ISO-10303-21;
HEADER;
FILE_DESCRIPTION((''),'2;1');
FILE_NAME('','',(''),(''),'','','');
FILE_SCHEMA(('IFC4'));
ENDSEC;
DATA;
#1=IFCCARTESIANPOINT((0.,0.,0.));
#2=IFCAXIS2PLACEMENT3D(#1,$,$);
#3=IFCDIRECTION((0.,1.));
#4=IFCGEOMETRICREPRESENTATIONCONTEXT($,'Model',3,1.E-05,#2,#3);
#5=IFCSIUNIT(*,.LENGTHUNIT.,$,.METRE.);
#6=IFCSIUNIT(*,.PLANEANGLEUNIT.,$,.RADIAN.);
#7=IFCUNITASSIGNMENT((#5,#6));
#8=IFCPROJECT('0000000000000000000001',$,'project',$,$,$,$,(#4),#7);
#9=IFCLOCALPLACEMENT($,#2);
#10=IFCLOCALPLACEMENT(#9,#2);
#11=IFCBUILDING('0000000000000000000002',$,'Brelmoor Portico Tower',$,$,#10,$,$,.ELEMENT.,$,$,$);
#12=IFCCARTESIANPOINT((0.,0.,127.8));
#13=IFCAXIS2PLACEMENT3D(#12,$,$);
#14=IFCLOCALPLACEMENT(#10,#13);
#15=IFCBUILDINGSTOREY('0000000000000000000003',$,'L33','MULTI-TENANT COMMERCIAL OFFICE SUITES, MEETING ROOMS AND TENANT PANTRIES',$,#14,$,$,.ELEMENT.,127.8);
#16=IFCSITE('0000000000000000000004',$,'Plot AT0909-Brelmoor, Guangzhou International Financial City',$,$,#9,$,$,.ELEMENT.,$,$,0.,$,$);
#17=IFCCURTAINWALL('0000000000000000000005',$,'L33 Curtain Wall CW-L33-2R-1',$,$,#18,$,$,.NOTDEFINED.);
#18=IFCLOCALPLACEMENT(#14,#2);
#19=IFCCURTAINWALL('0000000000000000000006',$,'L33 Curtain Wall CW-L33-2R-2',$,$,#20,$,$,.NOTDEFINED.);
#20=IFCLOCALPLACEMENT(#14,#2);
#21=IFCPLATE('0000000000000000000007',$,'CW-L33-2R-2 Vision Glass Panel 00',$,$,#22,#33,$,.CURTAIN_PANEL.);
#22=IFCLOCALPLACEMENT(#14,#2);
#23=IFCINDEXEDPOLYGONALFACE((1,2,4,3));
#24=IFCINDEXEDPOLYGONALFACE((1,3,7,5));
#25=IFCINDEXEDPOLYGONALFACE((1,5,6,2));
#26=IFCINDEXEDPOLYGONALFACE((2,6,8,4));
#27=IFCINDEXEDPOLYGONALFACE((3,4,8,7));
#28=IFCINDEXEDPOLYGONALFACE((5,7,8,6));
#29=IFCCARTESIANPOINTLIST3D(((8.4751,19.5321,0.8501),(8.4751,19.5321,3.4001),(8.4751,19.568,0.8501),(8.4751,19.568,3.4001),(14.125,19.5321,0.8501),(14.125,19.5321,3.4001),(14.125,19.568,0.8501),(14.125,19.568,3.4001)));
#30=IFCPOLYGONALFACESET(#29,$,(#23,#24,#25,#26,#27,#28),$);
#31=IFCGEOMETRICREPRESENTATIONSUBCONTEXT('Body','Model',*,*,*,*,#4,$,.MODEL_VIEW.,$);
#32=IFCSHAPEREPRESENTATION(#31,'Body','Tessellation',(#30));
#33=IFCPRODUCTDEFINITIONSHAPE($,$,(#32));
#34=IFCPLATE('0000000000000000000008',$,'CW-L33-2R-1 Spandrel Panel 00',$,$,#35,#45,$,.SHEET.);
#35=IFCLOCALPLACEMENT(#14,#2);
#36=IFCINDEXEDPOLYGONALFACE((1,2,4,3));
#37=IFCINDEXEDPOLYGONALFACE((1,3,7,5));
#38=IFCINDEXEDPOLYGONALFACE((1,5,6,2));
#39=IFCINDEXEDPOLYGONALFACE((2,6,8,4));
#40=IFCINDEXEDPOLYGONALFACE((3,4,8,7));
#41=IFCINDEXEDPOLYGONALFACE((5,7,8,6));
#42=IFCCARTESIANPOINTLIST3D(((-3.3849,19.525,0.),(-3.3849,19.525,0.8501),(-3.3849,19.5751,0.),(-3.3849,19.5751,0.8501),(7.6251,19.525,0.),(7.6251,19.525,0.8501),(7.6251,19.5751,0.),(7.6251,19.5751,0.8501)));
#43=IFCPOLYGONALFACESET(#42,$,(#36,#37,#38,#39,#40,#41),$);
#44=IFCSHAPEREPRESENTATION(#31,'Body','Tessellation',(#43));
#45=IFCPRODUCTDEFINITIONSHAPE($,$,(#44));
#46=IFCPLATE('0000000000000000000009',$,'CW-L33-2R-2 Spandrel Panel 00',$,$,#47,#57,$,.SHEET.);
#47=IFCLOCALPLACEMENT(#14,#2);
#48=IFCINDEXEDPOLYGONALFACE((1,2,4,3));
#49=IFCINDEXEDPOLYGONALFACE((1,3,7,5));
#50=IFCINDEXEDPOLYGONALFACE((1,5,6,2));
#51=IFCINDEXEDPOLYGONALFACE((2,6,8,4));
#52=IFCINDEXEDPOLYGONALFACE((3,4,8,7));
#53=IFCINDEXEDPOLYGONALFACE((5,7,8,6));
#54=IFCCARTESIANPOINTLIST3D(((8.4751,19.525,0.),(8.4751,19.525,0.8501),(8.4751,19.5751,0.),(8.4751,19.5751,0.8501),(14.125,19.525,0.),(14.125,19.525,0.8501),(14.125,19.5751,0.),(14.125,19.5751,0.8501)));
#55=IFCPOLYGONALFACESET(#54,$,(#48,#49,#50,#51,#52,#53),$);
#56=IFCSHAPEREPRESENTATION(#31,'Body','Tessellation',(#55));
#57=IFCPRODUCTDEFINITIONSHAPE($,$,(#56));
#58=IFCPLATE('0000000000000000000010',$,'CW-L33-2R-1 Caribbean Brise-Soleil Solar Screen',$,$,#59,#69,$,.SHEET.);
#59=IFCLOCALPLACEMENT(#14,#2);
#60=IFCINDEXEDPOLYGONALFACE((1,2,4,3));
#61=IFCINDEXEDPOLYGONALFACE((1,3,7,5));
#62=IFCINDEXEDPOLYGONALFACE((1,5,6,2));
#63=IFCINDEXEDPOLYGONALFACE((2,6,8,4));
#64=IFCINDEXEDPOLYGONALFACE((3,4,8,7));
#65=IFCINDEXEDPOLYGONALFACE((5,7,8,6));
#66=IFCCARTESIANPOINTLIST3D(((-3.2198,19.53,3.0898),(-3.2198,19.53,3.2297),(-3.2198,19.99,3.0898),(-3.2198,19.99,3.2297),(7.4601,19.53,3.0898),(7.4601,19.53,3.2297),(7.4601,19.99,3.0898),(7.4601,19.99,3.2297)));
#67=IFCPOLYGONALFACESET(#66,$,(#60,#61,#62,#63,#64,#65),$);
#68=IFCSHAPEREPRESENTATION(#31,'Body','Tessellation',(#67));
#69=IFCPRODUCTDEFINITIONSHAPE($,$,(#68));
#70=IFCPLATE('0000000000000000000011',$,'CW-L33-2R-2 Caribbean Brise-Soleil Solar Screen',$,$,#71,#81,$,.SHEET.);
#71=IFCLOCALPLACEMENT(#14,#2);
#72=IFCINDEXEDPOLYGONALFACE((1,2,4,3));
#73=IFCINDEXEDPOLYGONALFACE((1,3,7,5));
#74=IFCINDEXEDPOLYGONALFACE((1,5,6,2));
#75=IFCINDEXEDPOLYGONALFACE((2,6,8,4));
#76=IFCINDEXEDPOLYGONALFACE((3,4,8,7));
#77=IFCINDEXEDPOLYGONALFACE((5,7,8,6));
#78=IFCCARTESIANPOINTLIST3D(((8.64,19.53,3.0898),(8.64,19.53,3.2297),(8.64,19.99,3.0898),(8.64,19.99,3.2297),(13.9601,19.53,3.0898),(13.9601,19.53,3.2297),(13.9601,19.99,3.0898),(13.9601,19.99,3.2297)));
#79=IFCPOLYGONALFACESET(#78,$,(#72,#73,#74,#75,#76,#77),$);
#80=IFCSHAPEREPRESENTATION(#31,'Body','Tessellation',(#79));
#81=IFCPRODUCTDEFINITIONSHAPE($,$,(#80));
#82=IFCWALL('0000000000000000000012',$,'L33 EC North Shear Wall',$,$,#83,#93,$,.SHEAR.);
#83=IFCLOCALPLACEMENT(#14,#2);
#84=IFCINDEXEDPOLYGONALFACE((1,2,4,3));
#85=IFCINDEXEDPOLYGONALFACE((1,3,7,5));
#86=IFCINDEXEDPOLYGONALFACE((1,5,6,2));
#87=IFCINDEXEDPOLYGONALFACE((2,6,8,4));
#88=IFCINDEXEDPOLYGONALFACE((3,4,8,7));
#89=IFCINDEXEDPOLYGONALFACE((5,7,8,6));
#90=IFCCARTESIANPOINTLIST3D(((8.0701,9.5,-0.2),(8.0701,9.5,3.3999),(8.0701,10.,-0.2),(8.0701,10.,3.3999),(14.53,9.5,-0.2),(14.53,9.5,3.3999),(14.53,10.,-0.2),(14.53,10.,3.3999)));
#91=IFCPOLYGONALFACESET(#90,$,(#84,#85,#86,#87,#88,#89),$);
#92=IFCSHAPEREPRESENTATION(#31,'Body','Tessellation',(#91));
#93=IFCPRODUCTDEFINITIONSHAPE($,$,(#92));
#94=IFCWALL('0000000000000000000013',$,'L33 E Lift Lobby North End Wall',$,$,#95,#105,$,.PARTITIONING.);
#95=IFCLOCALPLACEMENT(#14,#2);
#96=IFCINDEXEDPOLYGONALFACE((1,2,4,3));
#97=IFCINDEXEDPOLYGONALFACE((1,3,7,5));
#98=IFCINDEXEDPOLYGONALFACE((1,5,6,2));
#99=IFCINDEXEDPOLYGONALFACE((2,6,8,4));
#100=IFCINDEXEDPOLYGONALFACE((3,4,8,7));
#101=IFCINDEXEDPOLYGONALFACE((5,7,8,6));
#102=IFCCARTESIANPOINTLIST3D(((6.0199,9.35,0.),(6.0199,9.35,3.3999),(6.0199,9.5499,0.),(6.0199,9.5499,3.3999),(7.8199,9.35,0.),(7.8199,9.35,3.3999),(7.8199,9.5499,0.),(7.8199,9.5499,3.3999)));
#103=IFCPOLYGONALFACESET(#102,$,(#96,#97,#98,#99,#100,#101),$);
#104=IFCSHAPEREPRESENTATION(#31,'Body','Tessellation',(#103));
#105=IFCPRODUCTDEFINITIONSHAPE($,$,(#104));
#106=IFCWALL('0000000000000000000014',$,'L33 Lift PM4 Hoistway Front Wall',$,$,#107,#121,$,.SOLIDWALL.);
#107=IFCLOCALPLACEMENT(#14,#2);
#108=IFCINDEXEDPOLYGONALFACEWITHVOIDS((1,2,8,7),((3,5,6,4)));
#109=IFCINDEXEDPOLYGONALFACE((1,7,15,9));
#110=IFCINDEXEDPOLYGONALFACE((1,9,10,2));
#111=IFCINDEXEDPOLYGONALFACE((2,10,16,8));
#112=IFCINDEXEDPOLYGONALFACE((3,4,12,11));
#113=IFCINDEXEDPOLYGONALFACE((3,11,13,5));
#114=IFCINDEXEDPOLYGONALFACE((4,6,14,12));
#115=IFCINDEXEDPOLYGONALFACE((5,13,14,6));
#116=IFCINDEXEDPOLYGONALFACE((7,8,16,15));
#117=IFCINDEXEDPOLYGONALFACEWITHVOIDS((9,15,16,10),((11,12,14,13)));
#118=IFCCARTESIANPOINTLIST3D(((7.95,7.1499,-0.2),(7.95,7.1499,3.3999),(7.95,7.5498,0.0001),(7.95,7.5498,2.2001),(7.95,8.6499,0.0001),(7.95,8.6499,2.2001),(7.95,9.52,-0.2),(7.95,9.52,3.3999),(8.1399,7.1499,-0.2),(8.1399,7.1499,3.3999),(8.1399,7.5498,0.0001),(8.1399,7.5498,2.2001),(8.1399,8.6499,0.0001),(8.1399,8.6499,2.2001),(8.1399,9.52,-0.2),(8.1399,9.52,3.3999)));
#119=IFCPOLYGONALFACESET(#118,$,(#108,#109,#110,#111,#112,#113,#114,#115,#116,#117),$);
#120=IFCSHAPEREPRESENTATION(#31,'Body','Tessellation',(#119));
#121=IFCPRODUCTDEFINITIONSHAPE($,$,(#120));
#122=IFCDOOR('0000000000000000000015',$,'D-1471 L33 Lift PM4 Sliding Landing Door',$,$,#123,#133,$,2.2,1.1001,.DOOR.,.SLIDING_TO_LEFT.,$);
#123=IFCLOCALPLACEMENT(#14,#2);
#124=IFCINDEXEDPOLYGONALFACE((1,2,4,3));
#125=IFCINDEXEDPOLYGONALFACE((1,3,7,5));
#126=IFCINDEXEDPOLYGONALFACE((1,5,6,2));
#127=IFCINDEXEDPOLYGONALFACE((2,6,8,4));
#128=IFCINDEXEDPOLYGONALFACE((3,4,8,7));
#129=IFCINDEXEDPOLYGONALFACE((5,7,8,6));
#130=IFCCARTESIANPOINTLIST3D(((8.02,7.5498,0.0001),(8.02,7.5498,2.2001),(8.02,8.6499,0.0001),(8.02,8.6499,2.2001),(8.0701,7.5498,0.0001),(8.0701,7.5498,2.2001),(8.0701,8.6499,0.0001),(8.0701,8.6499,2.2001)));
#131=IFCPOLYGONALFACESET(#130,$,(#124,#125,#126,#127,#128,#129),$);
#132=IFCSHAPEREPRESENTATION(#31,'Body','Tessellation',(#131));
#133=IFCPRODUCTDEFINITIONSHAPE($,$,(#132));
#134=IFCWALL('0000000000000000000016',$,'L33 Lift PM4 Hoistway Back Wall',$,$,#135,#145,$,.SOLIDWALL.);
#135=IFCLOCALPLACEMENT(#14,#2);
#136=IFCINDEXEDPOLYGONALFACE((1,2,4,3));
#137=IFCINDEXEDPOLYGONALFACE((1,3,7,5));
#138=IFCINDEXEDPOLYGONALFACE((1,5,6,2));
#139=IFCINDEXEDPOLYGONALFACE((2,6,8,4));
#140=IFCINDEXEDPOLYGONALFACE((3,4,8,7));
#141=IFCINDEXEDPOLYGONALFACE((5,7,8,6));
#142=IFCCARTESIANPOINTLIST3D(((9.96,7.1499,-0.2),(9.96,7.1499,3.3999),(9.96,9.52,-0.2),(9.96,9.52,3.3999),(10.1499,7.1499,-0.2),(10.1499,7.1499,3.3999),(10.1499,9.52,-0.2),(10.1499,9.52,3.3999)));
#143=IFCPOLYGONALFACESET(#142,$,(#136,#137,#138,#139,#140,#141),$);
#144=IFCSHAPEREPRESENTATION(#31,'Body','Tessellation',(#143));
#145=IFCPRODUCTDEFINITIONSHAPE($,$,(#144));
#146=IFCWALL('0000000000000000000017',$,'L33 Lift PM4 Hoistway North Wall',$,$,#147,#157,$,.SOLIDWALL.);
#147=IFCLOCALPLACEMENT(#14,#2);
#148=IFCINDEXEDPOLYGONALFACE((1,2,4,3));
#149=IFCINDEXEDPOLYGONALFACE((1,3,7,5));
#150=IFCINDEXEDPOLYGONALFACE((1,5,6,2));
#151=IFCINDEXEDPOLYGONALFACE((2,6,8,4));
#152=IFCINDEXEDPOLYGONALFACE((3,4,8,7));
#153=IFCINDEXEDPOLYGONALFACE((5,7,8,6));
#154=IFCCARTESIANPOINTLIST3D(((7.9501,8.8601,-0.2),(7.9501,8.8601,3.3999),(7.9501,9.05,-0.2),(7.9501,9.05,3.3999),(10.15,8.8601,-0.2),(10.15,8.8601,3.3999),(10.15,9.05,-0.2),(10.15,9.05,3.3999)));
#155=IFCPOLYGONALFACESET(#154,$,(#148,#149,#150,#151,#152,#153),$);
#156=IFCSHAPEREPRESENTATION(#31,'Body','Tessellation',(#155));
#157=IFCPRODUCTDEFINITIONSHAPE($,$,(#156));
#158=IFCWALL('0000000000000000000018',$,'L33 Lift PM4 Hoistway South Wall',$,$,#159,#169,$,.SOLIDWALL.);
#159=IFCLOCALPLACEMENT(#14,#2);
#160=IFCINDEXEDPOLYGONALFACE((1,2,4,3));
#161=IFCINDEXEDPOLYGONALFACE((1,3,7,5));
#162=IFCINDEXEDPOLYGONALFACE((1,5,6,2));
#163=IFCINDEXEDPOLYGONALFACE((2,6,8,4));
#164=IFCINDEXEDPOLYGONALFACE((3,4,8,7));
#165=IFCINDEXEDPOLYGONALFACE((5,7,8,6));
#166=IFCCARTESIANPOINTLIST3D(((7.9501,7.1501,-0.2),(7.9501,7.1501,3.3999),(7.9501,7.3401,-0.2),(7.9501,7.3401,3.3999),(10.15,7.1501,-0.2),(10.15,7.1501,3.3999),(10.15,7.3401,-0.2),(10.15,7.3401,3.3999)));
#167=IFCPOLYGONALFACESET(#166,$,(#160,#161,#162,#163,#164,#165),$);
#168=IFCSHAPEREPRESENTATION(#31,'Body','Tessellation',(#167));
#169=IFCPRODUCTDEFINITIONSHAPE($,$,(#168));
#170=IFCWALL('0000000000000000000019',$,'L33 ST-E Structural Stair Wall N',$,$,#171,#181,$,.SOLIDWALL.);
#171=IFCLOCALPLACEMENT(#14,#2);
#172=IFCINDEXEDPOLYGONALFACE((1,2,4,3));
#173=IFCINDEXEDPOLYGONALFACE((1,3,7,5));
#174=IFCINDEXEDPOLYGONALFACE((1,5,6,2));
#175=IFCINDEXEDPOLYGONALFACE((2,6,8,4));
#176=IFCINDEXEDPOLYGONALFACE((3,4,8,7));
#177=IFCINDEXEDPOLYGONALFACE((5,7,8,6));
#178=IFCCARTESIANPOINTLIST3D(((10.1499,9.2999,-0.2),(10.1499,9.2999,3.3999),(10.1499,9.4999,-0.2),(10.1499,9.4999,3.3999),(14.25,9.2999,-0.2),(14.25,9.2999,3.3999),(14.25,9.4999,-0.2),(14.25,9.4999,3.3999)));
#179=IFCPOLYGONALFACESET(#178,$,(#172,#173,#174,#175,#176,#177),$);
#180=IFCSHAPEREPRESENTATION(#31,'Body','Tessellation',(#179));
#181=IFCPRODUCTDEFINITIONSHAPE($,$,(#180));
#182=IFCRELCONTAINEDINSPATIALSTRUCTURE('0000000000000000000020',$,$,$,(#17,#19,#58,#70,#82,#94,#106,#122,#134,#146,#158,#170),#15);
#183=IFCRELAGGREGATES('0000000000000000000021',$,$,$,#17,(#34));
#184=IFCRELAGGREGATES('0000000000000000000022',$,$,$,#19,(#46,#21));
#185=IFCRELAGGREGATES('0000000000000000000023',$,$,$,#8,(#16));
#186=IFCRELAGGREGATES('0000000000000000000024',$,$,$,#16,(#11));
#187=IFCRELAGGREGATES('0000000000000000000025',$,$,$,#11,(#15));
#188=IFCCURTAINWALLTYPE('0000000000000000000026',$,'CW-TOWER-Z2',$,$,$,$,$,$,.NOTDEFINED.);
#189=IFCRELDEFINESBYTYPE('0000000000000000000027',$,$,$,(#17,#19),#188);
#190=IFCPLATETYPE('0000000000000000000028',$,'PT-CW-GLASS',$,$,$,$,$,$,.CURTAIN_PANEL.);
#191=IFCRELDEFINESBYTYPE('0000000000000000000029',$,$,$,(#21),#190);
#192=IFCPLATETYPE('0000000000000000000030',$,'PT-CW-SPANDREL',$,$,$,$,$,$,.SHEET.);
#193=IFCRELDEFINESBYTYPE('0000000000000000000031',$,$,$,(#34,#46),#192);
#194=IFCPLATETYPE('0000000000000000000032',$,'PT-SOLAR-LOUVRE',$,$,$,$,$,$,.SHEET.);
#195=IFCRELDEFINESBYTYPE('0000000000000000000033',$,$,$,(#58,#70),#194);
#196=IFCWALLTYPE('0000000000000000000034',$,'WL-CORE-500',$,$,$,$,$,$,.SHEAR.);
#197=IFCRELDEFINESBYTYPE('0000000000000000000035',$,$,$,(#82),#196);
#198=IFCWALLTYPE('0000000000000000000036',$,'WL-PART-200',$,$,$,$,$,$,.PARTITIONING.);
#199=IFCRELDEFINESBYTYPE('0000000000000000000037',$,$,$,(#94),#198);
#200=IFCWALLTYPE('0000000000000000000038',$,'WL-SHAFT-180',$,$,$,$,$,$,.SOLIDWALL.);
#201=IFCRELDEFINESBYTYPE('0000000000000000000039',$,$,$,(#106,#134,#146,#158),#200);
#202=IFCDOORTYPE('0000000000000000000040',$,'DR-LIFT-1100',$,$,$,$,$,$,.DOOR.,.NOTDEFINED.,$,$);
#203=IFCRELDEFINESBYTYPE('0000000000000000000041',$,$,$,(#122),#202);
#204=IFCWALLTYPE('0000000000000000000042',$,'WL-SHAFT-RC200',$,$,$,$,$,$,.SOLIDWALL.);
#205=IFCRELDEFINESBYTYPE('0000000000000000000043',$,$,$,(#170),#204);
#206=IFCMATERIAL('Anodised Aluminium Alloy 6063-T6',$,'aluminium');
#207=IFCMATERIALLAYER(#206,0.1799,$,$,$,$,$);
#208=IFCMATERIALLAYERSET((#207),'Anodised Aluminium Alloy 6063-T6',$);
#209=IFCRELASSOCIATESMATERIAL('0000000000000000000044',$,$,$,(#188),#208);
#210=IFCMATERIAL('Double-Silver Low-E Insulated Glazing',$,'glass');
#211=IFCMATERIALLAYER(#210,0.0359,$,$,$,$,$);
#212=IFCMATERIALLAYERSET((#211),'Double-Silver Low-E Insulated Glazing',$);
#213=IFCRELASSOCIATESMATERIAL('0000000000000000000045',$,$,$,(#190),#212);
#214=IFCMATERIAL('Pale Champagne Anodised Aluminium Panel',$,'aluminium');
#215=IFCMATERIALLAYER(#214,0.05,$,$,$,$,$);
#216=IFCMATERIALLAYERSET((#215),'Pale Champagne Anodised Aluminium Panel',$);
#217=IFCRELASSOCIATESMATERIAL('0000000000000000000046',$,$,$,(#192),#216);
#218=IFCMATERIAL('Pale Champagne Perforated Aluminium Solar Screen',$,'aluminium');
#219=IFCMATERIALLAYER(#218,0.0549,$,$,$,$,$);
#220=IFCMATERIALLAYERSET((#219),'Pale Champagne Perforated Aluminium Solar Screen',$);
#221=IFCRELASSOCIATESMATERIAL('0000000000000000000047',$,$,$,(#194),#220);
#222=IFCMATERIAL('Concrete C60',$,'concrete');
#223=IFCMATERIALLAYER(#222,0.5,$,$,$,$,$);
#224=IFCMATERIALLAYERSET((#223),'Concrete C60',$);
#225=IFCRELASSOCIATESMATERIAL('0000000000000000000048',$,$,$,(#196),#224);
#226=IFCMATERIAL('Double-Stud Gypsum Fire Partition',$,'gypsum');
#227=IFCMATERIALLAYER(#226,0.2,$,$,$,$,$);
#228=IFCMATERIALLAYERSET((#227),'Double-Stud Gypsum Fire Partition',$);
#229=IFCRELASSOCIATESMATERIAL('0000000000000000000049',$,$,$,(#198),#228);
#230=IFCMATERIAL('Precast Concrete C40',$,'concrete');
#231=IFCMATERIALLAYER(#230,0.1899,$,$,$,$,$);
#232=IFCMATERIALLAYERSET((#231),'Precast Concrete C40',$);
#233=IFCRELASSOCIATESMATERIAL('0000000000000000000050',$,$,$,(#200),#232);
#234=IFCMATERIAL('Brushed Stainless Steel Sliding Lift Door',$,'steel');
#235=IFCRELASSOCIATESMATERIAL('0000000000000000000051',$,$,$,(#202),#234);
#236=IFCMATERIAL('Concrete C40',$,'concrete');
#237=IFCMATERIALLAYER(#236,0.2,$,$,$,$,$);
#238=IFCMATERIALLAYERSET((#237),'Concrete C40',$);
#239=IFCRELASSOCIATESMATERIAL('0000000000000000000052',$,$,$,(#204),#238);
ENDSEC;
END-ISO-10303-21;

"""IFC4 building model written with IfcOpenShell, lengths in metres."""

from ifc_helpers import new_model, si_unit, direction, frame, frame_2d, origin, origin_2d, place, context, subcontext, project, spatial, rectangle, extrude, material, layer, layer_set, type_object, element, fill, aggregate, save


model = new_model("IFC4")

# Units and contexts
model_context = context("Model", 3, precision=1e-05, world=origin(), true_north=direction((0.0, 1.0)))
body_context = subcontext(model_context, "Body", "Model", "MODEL_VIEW")
ifc_project = project(units=[si_unit("LENGTHUNIT", "METRE"), si_unit("PLANEANGLEUNIT", "RADIAN")], contexts=[model_context])

# Site, building, storey
site_placement = place(None, origin())
site = spatial("IfcSite", under=ifc_project, at=site_placement, Name="Plot AT0909-Brelmoor, Guangzhou International Financial City", CompositionType="ELEMENT", RefElevation=0.0)
building_placement = place(site_placement, origin())
building = spatial("IfcBuilding", under=site, at=building_placement, Name="Brelmoor Portico Tower", CompositionType="ELEMENT")
storey_placement = place(building_placement, frame((0.0, 0.0, 127.8)))
storey = spatial("IfcBuildingStorey", under=building, at=storey_placement, Name="L33", Description="MULTI-TENANT COMMERCIAL OFFICE SUITES, MEETING ROOMS AND TENANT PANTRIES", CompositionType="ELEMENT", Elevation=127.8)

# Curtain wall
ifc_material_1 = material(Name="Anodised Aluminium Alloy 6063-T6", Category="aluminium")
ifc_layer_1 = layer(ifc_material_1, 0.1799)
ifc_layer_set_1 = layer_set([ifc_layer_1], Name="Anodised Aluminium Alloy 6063-T6")
curtain_wall_type = type_object("IfcCurtainWallType", Name="CW-TOWER-Z2", PredefinedType="NOTDEFINED", material=ifc_layer_set_1)
curtain_wall_1_placement = place(storey_placement, origin())
curtain_wall_1 = element("IfcCurtainWall", 1, at=curtain_wall_1_placement, inside=storey, type_object=curtain_wall_type, Name="L33 Curtain Wall CW-L33-2R-1", PredefinedType="NOTDEFINED")

# Curtain wall
curtain_wall_2_placement = place(storey_placement, origin())
curtain_wall_2 = element("IfcCurtainWall", 2, at=curtain_wall_2_placement, inside=storey, type_object=curtain_wall_type, Name="L33 Curtain Wall CW-L33-2R-2", PredefinedType="NOTDEFINED")

# Plates
ifc_material_2 = material(Name="Double-Silver Low-E Insulated Glazing", Category="glass")
ifc_layer_2 = layer(ifc_material_2, 0.0359)
ifc_layer_set_2 = layer_set([ifc_layer_2], Name="Double-Silver Low-E Insulated Glazing")
plate_type_1 = type_object("IfcPlateType", Name="PT-CW-GLASS", PredefinedType="CURTAIN_PANEL", material=ifc_layer_set_2)
plate_1_placement = place(storey_placement, frame((11.3, 19.55, 0.8501), z_axis=(0.0, 0.0, 1.0), x_axis=(1.0, 0.0, 0.0)))
plate_1 = element("IfcPlate", 3, at=plate_1_placement, type_object=plate_type_1, Name="CW-L33-2R-2 Vision Glass Panel 00", PredefinedType="CURTAIN_PANEL", context=body_context, shape_type="SweptSolid", body=[
    extrude(rectangle(XDim=5.6499, YDim=0.0359, at=origin_2d()), origin(), (0.0, 0.0, 1.0), 2.55),
])
ifc_material_3 = material(Name="Pale Champagne Anodised Aluminium Panel", Category="aluminium")
ifc_layer_3 = layer(ifc_material_3, 0.05)
ifc_layer_set_3 = layer_set([ifc_layer_3], Name="Pale Champagne Anodised Aluminium Panel")
plate_type_2 = type_object("IfcPlateType", Name="PT-CW-SPANDREL", PredefinedType="SHEET", material=ifc_layer_set_3)
plate_2_placement = place(storey_placement, frame((2.1201, 19.55, 0.0), z_axis=(0.0, 0.0, 1.0), x_axis=(1.0, 0.0, 0.0)))
plate_2 = element("IfcPlate", 4, at=plate_2_placement, type_object=plate_type_2, Name="CW-L33-2R-1 Spandrel Panel 00", PredefinedType="SHEET", context=body_context, shape_type="SweptSolid", body=[
    extrude(rectangle(XDim=11.01, YDim=0.05, at=origin_2d()), origin(), (0.0, 0.0, 1.0), 0.8501),
])
aggregate(curtain_wall_1, [plate_2])
plate_3_placement = place(storey_placement, frame((11.3, 19.55, 0.0), z_axis=(0.0, 0.0, 1.0), x_axis=(1.0, 0.0, 0.0)))
plate_3 = element("IfcPlate", 5, at=plate_3_placement, type_object=plate_type_2, Name="CW-L33-2R-2 Spandrel Panel 00", PredefinedType="SHEET", context=body_context, shape_type="SweptSolid", body=[
    extrude(rectangle(XDim=5.6499, YDim=0.05, at=origin_2d()), origin(), (0.0, 0.0, 1.0), 0.8501),
])
aggregate(curtain_wall_2, [plate_3, plate_1])

# Plates
ifc_material_4 = material(Name="Pale Champagne Perforated Aluminium Solar Screen", Category="aluminium")
ifc_layer_4 = layer(ifc_material_4, 0.0549)
ifc_layer_set_4 = layer_set([ifc_layer_4], Name="Pale Champagne Perforated Aluminium Solar Screen")
plate_type_3 = type_object("IfcPlateType", Name="PT-SOLAR-LOUVRE", PredefinedType="SHEET", material=ifc_layer_set_4)
plate_4_placement = place(storey_placement, frame((2.1201, 19.76, 3.0898), z_axis=(0.0, 0.0, 1.0), x_axis=(1.0, 0.0, 0.0)))
element("IfcPlate", 6, at=plate_4_placement, inside=storey, type_object=plate_type_3, Name="CW-L33-2R-1 Caribbean Brise-Soleil Solar Screen", PredefinedType="SHEET", context=body_context, shape_type="SweptSolid", body=[
    extrude(rectangle(XDim=10.6799, YDim=0.46, at=origin_2d()), origin(), (0.0, 0.0, 1.0), 0.1399),
])
plate_5_placement = place(storey_placement, frame((11.3, 19.76, 3.0898), z_axis=(0.0, 0.0, 1.0), x_axis=(1.0, 0.0, 0.0)))
element("IfcPlate", 7, at=plate_5_placement, inside=storey, type_object=plate_type_3, Name="CW-L33-2R-2 Caribbean Brise-Soleil Solar Screen", PredefinedType="SHEET", context=body_context, shape_type="SweptSolid", body=[
    extrude(rectangle(XDim=5.3201, YDim=0.46, at=origin_2d()), origin(), (0.0, 0.0, 1.0), 0.1399),
])

# Walls
ifc_material_5 = material(Name="Concrete C60", Category="concrete")
ifc_layer_5 = layer(ifc_material_5, 0.5)
ifc_layer_set_5 = layer_set([ifc_layer_5], Name="Concrete C60")
wall_type_1 = type_object("IfcWallType", Name="WL-CORE-500", PredefinedType="SHEAR", material=ifc_layer_set_5)
wall_1_placement = place(storey_placement, frame((8.0701, 9.75, -0.2), z_axis=(0.0, 0.0, 1.0), x_axis=(1.0, 0.0, 0.0)))
element("IfcWall", 8, at=wall_1_placement, inside=storey, type_object=wall_type_1, Name="L33 EC North Shear Wall", PredefinedType="SHEAR", context=body_context, shape_type="SweptSolid", body=[
    extrude(rectangle(XDim=6.46, YDim=0.5, at=frame_2d((3.23, 0.0))), origin(), (0.0, 0.0, 1.0), 3.5999),
])
ifc_material_6 = material(Name="Double-Stud Gypsum Fire Partition", Category="gypsum")
ifc_layer_6 = layer(ifc_material_6, 0.2)
ifc_layer_set_6 = layer_set([ifc_layer_6], Name="Double-Stud Gypsum Fire Partition")
wall_type_2 = type_object("IfcWallType", Name="WL-PART-200", PredefinedType="PARTITIONING", material=ifc_layer_set_6)
wall_2_placement = place(storey_placement, frame((6.02, 9.45, 0.0), z_axis=(0.0, 0.0, 1.0), x_axis=(1.0, 0.0, 0.0)))
element("IfcWall", 9, at=wall_2_placement, inside=storey, type_object=wall_type_2, Name="L33 E Lift Lobby North End Wall", PredefinedType="PARTITIONING", context=body_context, shape_type="SweptSolid", body=[
    extrude(rectangle(XDim=1.8, YDim=0.2, at=frame_2d((0.8999, 0.0))), origin(), (0.0, 0.0, 1.0), 3.3999),
])

# Wall, opening, door
ifc_material_7 = material(Name="Precast Concrete C40", Category="concrete")
ifc_layer_7 = layer(ifc_material_7, 0.1899)
ifc_layer_set_7 = layer_set([ifc_layer_7], Name="Precast Concrete C40")
wall_type_3 = type_object("IfcWallType", Name="WL-SHAFT-180", PredefinedType="SOLIDWALL", material=ifc_layer_set_7)
wall_3_placement = place(storey_placement, frame((8.0449, 7.1499, -0.2), z_axis=(0.0, 0.0, 1.0), x_axis=(0.0, 1.0, 0.0)))
wall_3 = element("IfcWall", 10, at=wall_3_placement, inside=storey, type_object=wall_type_3, Name="L33 Lift PM4 Hoistway Front Wall", PredefinedType="SOLIDWALL", context=body_context, shape_type="SweptSolid", body=[
    extrude(rectangle(XDim=2.3701, YDim=0.1899, at=frame_2d((1.1851, 0.0))), origin(), (0.0, 0.0, 1.0), 3.5999),
])
opening_placement = place(wall_3_placement, frame((0.3999, 0.0, 0.2)))
opening = element("IfcOpeningElement", 11, at=opening_placement, cuts=wall_3, PredefinedType="OPENING", context=body_context, shape_type="SweptSolid", body=[
    extrude(rectangle(XDim=1.1001, YDim=2.2, at=frame_2d((0.55, 1.1001))), frame((0.0, 0.105, 0.0), z_axis=(0.0, -1.0, 0.0), x_axis=(1.0, 0.0, 0.0)), (0.0, 0.0, 1.0), 0.21),
])
ifc_material_8 = material(Name="Brushed Stainless Steel Sliding Lift Door", Category="steel")
door_type = type_object("IfcDoorType", Name="DR-LIFT-1100", OperationType="NOTDEFINED", PredefinedType="DOOR", material=ifc_material_8)
door_placement = place(opening_placement, origin())
door = element("IfcDoor", 12, at=door_placement, inside=storey, type_object=door_type, Name="D-1471 L33 Lift PM4 Sliding Landing Door", OperationType="SLIDING_TO_LEFT", OverallHeight=2.2, OverallWidth=1.1001, PredefinedType="DOOR", context=body_context, shape_type="SweptSolid", body=[
    extrude(rectangle(XDim=1.1001, YDim=2.2, at=frame_2d((0.55, 1.1001))), frame((0.0, 0.0249, 0.0), z_axis=(0.0, -1.0, 0.0), x_axis=(1.0, 0.0, 0.0)), (0.0, 0.0, 1.0), 0.05),
])
fill(opening, door)

# Walls
wall_4_placement = place(storey_placement, frame((10.0549, 7.1499, -0.2), z_axis=(0.0, 0.0, 1.0), x_axis=(0.0, 1.0, 0.0)))
element("IfcWall", 13, at=wall_4_placement, inside=storey, type_object=wall_type_3, Name="L33 Lift PM4 Hoistway Back Wall", PredefinedType="SOLIDWALL", context=body_context, shape_type="SweptSolid", body=[
    extrude(rectangle(XDim=2.3701, YDim=0.1899, at=frame_2d((1.1851, 0.0))), origin(), (0.0, 0.0, 1.0), 3.5999),
])
for number, where, z_axis, x_axis, name in (
    (14, (7.95, 8.9551, -0.2), (0.0, 0.0, 1.0), (1.0, 0.0, 0.0), "L33 Lift PM4 Hoistway North Wall"),
    (15, (7.95, 7.2451, -0.2), (0.0, 0.0, 1.0), (1.0, 0.0, 0.0), "L33 Lift PM4 Hoistway South Wall"),
):
    element("IfcWall", number, at=place(storey_placement, frame(where, z_axis=z_axis, x_axis=x_axis)), inside=storey, type_object=wall_type_3, Name=name, PredefinedType="SOLIDWALL", context=body_context, shape_type="SweptSolid", body=[
        extrude(rectangle(XDim=2.2, YDim=0.1899, at=frame_2d((1.1001, 0.0))), origin(), (0.0, 0.0, 1.0), 3.5999),
    ])
ifc_material_9 = material(Name="Concrete C40", Category="concrete")
ifc_layer_8 = layer(ifc_material_9, 0.2)
ifc_layer_set_8 = layer_set([ifc_layer_8], Name="Concrete C40")
wall_type_4 = type_object("IfcWallType", Name="WL-SHAFT-RC200", PredefinedType="SOLIDWALL", material=ifc_layer_set_8)
wall_5_placement = place(storey_placement, frame((10.1499, 9.3999, -0.2), z_axis=(0.0, 0.0, 1.0), x_axis=(1.0, 0.0, 0.0)))
element("IfcWall", 16, at=wall_5_placement, inside=storey, type_object=wall_type_4, Name="L33 ST-E Structural Stair Wall N", PredefinedType="SOLIDWALL", context=body_context, shape_type="SweptSolid", body=[
    extrude(rectangle(XDim=4.1001, YDim=0.2, at=frame_2d((2.05, 0.0))), origin(), (0.0, 0.0, 1.0), 3.5999),
])

save(model, "model.ifc")
